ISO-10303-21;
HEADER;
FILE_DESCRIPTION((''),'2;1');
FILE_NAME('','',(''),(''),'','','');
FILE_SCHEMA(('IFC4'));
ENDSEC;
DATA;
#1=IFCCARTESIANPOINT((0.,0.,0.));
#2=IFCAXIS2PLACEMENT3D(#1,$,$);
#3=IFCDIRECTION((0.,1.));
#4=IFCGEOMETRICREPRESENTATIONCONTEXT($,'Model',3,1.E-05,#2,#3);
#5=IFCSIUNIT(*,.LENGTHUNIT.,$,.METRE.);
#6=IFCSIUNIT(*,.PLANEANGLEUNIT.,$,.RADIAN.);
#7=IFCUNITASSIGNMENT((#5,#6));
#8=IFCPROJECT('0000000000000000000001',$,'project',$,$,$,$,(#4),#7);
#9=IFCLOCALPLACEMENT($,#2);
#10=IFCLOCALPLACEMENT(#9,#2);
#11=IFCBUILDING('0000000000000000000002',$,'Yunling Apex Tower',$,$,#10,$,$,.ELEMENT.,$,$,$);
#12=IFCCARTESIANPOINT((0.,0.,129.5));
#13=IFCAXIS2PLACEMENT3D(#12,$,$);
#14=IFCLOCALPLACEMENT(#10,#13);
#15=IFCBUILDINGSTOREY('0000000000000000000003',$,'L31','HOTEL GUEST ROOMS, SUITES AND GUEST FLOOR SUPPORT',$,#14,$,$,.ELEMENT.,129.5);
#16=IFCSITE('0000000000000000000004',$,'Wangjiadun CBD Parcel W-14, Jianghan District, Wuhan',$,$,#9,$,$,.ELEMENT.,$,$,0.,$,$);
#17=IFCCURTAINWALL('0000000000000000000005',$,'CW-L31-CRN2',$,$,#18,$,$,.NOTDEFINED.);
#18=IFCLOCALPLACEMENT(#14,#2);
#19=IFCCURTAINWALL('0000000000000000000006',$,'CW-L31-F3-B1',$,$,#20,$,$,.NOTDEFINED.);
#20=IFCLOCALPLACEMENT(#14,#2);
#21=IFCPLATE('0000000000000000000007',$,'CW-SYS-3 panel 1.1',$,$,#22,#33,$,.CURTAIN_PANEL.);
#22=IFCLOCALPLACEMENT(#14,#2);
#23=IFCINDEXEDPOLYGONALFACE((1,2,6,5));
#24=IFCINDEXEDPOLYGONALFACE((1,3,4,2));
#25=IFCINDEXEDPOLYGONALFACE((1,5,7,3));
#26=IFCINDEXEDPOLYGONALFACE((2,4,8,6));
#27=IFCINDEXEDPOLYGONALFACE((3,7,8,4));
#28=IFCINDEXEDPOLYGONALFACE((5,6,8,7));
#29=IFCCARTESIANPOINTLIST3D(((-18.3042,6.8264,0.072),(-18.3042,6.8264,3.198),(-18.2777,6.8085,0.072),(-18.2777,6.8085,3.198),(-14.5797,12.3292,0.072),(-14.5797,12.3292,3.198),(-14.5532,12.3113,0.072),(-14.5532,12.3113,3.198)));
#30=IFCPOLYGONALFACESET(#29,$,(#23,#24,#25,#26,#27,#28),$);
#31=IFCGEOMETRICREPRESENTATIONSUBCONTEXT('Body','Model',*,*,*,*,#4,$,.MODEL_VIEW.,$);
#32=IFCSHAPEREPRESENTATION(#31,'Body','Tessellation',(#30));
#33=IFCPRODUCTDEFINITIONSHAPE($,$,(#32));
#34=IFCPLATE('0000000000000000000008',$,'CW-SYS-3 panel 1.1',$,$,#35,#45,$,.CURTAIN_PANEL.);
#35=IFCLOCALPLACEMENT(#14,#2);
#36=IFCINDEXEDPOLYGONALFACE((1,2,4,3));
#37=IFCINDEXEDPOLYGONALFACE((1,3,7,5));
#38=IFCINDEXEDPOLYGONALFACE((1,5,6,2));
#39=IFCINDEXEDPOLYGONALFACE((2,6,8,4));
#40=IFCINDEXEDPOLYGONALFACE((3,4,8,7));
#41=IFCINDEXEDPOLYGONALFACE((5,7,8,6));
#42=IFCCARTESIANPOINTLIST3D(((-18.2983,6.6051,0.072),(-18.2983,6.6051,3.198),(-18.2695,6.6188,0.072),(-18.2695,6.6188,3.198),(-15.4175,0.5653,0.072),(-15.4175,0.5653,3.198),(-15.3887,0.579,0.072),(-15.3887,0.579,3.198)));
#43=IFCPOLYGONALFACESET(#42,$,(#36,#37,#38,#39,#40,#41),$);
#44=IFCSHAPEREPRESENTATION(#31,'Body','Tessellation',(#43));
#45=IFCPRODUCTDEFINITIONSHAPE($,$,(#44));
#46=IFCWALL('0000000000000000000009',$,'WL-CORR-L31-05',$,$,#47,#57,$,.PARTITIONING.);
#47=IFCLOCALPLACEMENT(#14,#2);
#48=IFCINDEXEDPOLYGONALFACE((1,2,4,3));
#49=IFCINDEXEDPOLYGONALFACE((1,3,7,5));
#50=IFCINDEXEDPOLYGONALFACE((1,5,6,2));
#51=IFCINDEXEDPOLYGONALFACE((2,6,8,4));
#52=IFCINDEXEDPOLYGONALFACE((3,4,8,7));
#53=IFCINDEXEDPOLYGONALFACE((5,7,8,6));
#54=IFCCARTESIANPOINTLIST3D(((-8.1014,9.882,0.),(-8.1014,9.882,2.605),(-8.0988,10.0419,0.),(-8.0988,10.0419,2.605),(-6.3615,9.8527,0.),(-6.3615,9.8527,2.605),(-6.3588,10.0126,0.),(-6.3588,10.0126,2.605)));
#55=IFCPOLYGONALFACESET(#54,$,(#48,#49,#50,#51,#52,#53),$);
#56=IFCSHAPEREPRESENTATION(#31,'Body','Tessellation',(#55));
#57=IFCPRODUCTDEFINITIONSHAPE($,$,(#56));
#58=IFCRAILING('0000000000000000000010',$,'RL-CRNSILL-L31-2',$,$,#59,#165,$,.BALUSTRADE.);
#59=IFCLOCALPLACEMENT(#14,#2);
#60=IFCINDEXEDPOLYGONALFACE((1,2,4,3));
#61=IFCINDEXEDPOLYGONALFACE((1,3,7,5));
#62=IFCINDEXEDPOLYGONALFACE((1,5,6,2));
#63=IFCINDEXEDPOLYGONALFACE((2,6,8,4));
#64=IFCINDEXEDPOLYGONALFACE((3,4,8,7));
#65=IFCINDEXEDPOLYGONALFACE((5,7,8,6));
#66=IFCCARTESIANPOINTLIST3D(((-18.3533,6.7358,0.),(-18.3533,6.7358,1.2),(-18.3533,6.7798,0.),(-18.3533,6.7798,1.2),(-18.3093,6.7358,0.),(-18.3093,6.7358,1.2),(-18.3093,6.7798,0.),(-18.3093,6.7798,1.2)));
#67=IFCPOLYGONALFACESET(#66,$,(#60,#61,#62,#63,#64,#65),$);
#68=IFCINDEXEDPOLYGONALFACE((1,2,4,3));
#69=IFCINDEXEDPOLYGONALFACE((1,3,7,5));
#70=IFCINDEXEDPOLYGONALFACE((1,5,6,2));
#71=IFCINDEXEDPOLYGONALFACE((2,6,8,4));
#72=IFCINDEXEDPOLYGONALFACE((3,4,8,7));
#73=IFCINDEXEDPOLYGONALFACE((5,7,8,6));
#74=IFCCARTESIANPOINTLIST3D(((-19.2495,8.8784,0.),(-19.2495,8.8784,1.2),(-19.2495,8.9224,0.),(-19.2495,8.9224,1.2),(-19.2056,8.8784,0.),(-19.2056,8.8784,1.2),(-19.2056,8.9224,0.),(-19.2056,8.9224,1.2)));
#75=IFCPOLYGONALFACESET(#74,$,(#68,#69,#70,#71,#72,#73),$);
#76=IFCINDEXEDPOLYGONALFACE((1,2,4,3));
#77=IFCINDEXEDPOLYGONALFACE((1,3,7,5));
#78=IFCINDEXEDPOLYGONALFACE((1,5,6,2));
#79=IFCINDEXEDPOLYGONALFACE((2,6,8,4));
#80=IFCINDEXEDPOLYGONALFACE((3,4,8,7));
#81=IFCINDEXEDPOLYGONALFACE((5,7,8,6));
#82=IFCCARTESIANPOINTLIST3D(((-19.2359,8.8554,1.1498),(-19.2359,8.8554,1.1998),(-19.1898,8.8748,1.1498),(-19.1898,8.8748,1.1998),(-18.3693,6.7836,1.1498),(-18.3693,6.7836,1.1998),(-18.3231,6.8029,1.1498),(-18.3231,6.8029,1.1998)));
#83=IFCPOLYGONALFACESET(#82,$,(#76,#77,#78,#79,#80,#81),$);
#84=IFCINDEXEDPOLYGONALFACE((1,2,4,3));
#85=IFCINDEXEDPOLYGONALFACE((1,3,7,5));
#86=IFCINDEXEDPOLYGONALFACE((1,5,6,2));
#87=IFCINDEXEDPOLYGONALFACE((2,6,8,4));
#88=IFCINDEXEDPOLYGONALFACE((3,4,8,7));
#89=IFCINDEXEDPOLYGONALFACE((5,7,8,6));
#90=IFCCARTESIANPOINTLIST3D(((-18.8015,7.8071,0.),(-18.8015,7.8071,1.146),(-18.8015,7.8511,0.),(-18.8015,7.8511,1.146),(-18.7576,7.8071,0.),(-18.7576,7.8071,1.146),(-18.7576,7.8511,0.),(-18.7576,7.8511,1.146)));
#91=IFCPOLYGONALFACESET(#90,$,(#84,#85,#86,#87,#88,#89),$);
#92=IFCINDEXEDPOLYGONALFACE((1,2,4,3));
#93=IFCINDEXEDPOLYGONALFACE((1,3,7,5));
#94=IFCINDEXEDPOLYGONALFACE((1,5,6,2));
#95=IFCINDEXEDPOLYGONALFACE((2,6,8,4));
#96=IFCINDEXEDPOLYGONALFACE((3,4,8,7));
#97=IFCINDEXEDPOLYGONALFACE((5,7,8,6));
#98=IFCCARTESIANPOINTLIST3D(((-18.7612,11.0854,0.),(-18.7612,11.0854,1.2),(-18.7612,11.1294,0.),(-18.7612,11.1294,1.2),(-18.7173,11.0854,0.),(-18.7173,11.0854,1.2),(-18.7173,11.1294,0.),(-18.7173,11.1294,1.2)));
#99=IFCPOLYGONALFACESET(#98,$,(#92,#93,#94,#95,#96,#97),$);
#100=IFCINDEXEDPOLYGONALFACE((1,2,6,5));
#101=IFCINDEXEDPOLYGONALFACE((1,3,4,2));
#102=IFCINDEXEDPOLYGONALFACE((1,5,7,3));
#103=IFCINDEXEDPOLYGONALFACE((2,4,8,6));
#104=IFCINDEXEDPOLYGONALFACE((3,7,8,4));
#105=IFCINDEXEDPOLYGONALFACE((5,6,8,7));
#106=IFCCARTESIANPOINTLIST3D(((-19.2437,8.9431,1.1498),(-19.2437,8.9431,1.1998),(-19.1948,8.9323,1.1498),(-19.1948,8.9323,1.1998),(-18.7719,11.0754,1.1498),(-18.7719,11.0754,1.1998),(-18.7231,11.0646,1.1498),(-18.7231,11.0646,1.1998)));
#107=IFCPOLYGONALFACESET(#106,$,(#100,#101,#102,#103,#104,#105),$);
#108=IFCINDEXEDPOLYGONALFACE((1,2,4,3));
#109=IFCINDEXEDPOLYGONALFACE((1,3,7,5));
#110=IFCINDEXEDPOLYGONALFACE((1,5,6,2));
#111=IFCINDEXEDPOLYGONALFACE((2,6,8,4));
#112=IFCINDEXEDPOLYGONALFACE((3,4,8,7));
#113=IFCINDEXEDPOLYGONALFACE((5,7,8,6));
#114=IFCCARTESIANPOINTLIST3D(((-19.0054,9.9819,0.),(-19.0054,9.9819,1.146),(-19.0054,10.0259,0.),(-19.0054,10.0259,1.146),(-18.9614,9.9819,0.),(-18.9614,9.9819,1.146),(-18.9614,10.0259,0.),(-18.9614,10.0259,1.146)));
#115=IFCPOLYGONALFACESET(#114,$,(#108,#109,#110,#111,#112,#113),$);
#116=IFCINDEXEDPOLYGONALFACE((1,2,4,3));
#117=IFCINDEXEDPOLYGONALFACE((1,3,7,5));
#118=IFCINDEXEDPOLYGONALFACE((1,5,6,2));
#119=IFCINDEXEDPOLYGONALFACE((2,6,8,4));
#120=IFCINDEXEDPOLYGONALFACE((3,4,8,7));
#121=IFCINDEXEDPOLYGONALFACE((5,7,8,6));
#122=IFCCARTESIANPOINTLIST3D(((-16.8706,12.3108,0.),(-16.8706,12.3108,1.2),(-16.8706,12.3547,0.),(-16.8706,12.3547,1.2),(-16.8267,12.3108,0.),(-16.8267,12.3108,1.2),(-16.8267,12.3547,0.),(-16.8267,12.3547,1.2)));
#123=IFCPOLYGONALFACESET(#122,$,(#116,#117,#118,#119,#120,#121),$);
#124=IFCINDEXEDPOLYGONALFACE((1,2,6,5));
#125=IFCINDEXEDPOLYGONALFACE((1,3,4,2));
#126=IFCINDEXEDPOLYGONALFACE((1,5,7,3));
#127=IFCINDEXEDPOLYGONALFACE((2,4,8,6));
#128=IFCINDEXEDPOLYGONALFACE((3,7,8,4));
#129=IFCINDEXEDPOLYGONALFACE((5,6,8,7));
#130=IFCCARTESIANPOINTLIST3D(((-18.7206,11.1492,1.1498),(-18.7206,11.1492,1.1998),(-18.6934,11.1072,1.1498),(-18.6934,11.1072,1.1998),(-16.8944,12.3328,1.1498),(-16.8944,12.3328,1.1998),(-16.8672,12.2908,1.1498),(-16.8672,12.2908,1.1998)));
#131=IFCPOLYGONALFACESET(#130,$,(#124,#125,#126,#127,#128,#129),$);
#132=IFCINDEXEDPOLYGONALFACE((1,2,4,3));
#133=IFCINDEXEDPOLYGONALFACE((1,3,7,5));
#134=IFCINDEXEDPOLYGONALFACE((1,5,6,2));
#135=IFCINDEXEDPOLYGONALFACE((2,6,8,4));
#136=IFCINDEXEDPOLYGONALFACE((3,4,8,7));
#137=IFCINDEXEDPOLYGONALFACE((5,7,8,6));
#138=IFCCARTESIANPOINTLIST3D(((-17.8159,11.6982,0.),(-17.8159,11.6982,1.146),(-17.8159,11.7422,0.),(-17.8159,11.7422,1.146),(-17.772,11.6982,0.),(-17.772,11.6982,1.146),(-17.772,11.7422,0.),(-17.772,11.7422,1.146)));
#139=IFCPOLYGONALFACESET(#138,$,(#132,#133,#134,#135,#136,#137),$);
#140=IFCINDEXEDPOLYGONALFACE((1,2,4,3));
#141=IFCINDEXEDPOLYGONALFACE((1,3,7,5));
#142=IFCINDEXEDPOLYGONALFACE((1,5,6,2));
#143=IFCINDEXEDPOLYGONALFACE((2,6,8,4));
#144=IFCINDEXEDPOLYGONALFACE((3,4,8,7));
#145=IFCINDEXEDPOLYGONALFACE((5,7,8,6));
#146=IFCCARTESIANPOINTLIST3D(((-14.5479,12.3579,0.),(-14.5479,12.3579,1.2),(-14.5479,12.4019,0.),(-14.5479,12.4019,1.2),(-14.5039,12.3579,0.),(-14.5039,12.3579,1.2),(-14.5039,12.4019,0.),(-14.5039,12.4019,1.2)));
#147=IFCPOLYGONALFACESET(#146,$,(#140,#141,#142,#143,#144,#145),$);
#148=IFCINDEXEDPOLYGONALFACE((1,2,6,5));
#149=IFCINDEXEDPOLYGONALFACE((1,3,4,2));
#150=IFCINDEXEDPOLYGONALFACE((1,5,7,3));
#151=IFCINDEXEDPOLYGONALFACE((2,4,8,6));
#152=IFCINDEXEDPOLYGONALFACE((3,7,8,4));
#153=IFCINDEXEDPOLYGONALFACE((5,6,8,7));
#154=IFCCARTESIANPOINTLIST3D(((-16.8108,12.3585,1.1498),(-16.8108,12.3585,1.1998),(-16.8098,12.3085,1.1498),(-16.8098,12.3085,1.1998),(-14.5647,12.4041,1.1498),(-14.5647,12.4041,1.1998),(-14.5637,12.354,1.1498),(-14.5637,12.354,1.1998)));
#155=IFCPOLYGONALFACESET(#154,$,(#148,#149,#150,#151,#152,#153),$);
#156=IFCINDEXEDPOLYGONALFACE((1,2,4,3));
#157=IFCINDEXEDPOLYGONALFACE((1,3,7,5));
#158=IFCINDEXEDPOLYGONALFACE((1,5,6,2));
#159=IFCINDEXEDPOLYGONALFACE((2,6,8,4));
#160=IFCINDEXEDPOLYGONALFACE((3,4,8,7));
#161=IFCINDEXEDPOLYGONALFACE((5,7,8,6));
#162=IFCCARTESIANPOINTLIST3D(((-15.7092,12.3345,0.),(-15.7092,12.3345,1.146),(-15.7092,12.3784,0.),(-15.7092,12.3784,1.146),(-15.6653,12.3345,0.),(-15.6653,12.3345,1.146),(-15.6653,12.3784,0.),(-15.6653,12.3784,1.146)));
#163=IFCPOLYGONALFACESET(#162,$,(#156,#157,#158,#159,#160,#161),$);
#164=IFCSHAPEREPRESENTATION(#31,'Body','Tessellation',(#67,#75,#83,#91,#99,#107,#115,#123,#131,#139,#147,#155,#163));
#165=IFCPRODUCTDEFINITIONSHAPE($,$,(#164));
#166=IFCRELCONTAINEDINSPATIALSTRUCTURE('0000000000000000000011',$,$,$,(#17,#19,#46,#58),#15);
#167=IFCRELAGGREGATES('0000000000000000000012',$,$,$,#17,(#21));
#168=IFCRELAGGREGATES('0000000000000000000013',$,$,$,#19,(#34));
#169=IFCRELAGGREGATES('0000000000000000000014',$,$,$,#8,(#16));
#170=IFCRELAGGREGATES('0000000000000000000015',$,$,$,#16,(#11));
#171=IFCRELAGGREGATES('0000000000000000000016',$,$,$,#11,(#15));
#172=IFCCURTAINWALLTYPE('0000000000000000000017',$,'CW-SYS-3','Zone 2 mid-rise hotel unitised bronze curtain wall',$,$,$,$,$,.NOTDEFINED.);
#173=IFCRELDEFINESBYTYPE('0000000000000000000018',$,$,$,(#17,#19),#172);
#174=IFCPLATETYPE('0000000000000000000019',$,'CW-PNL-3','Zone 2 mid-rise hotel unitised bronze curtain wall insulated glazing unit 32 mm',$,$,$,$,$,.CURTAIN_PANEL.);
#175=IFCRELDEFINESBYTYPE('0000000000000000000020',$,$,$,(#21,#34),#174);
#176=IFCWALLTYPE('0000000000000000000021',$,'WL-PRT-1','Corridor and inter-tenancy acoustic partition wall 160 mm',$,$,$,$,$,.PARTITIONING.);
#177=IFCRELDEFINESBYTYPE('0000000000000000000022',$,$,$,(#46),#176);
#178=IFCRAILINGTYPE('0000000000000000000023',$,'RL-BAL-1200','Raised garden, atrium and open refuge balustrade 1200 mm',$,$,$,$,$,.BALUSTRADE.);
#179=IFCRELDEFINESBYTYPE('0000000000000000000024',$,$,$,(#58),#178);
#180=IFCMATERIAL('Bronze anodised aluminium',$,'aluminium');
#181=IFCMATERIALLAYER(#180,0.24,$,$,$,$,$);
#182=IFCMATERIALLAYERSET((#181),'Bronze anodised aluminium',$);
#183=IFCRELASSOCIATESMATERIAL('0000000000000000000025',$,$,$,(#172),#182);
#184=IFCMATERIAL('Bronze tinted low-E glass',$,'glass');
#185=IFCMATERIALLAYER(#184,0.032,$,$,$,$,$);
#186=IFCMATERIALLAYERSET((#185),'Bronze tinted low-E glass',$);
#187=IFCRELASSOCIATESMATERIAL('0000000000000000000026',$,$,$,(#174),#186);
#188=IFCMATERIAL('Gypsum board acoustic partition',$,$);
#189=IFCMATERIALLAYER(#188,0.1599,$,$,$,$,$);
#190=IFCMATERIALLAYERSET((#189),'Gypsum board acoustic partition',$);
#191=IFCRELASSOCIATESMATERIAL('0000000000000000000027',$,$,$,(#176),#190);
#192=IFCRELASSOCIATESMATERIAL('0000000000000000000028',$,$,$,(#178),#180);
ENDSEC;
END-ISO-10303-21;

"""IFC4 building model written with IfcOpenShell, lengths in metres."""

from ifc_helpers import new_model, si_unit, direction, frame, frame_2d, origin, origin_2d, place, context, subcontext, project, spatial, rectangle, extrude, source, transform, mapped, material, layer, layer_set, type_object, element, aggregate, save


model = new_model("IFC4")

# Units and contexts
model_context = context("Model", 3, precision=1e-05, world=origin(), true_north=direction((0.0, 1.0)))
body_context = subcontext(model_context, "Body", "Model", "MODEL_VIEW")
ifc_project = project(units=[si_unit("LENGTHUNIT", "METRE"), si_unit("PLANEANGLEUNIT", "RADIAN")], contexts=[model_context])

# Site, building, storey
site_placement = place(None, origin())
site = spatial("IfcSite", under=ifc_project, at=site_placement, Name="Wangjiadun CBD Parcel W-14, Jianghan District, Wuhan", CompositionType="ELEMENT", RefElevation=0.0)
building_placement = place(site_placement, origin())
building = spatial("IfcBuilding", under=site, at=building_placement, Name="Yunling Apex Tower", CompositionType="ELEMENT")
storey_placement = place(building_placement, frame((0.0, 0.0, 129.5)))
storey = spatial("IfcBuildingStorey", under=building, at=storey_placement, Name="L31", Description="HOTEL GUEST ROOMS, SUITES AND GUEST FLOOR SUPPORT", CompositionType="ELEMENT", Elevation=129.5)

# Shared definitions
ifc_material_1 = material(Name="Bronze anodised aluminium", Category="aluminium")
ifc_layer_1 = layer(ifc_material_1, 0.24)
ifc_layer_set_1 = layer_set([ifc_layer_1], Name="Bronze anodised aluminium")
curtain_wall_type = type_object("IfcCurtainWallType", Name="CW-SYS-3", Description="Zone 2 mid-rise hotel unitised bronze curtain wall", PredefinedType="NOTDEFINED", material=ifc_layer_set_1)

# Curtain walls
curtain_wall_1_placement = place(storey_placement, origin())
curtain_wall_1 = element("IfcCurtainWall", 1, at=curtain_wall_1_placement, inside=storey, type_object=curtain_wall_type, Name="CW-L31-CRN2", PredefinedType="NOTDEFINED")
curtain_wall_2_placement = place(storey_placement, origin())
curtain_wall_2 = element("IfcCurtainWall", 2, at=curtain_wall_2_placement, inside=storey, type_object=curtain_wall_type, Name="CW-L31-F3-B1", PredefinedType="NOTDEFINED")

# Plates
ifc_material_2 = material(Name="Bronze tinted low-E glass", Category="glass")
ifc_layer_2 = layer(ifc_material_2, 0.032)
ifc_layer_set_2 = layer_set([ifc_layer_2], Name="Bronze tinted low-E glass")
plate_type = type_object("IfcPlateType", Name="CW-PNL-3", Description="Zone 2 mid-rise hotel unitised bronze curtain wall insulated glazing unit 32 mm", PredefinedType="CURTAIN_PANEL", material=ifc_layer_set_2)
shared_shape_1 = source(origin(), body_context, "Body", "SweptSolid", [
    extrude(rectangle(XDim=6.6448, YDim=0.032, at=origin_2d()), origin(), (0.0, 0.0, 1.0), 3.126),
])
plate_1_placement = place(storey_placement, frame((-16.4287, 9.5688, 0.072), z_axis=(0.0, 0.0, 1.0), x_axis=(-0.560523, -0.828139, 0.0)))
plate_1 = element("IfcPlate", 3, at=plate_1_placement, type_object=plate_type, Name="CW-SYS-3 panel 1.1", PredefinedType="CURTAIN_PANEL", context=body_context, shape_type="MappedRepresentation", body=[
    mapped(shared_shape_1, transform((0.0, 0.0, 0.0), scale=1.0)),
])
aggregate(curtain_wall_1, [plate_1])
shared_shape_2 = source(origin(), body_context, "Body", "SweptSolid", [
    extrude(rectangle(XDim=6.6917, YDim=0.032, at=origin_2d()), origin(), (0.0, 0.0, 1.0), 3.126),
])
plate_2_placement = place(storey_placement, frame((-16.8435, 3.592, 0.072), z_axis=(0.0, 0.0, 1.0), x_axis=(0.430506, -0.902588, 0.0)))
plate_2 = element("IfcPlate", 4, at=plate_2_placement, type_object=plate_type, Name="CW-SYS-3 panel 1.1", PredefinedType="CURTAIN_PANEL", context=body_context, shape_type="MappedRepresentation", body=[
    mapped(shared_shape_2, transform((0.0, 0.0, 0.0), scale=1.0)),
])
aggregate(curtain_wall_2, [plate_2])

# Wall
ifc_material_3 = material(Name="Gypsum board acoustic partition")
ifc_layer_3 = layer(ifc_material_3, 0.1599)
ifc_layer_set_3 = layer_set([ifc_layer_3], Name="Gypsum board acoustic partition")
wall_type = type_object("IfcWallType", Name="WL-PRT-1", Description="Corridor and inter-tenancy acoustic partition wall 160 mm", PredefinedType="PARTITIONING", material=ifc_layer_set_3)
wall_1_placement = place(storey_placement, frame((-8.1001, 9.9619, 0.0), z_axis=(0.0, 0.0, 1.0), x_axis=(0.999858, -0.016835, 0.0)))
element("IfcWall", 5, at=wall_1_placement, inside=storey, type_object=wall_type, Name="WL-CORR-L31-05", PredefinedType="PARTITIONING", context=body_context, shape_type="SweptSolid", body=[
    extrude(rectangle(XDim=1.7402, YDim=0.1599, at=frame_2d((0.8701, 0.0))), origin(), (0.0, 0.0, 1.0), 2.605),
])

# Railing
railing_type = type_object("IfcRailingType", Name="RL-BAL-1200", Description="Raised garden, atrium and open refuge balustrade 1200 mm", PredefinedType="BALUSTRADE", material=ifc_material_1)
railing_placement = place(storey_placement, frame((-18.3313, 6.7578, 0.0)))
element("IfcRailing", 6, at=railing_placement, inside=storey, type_object=railing_type, Name="RL-CRNSILL-L31-2", PredefinedType="BALUSTRADE", context=body_context, shape_type="SweptSolid", body=[
    extrude(rectangle(XDim=0.0439, YDim=0.0439, at=origin_2d()), origin(), (0.0, 0.0, 1.0), 1.2),
    extrude(rectangle(XDim=0.0439, YDim=0.0439, at=origin_2d()), frame((-0.8962, 2.1426, 0.0)), (0.0, 0.0, 1.0), 1.2),
    extrude(rectangle(XDim=0.05, YDim=0.05, at=origin_2d()), frame((-0.0149, 0.0354, 1.1748), z_axis=(-0.385899, 0.922541, 0.0), x_axis=(-0.922541, -0.385899, 0.0)), (0.0, 0.0, 1.0), 2.2458),
    extrude(rectangle(XDim=0.0439, YDim=0.0439, at=origin_2d()), frame((-0.4482, 1.0713, 0.0)), (0.0, 0.0, 1.0), 1.146),
    extrude(rectangle(XDim=0.0439, YDim=0.0439, at=origin_2d()), frame((-0.408, 4.3496, 0.0)), (0.0, 0.0, 1.0), 1.2),
    extrude(rectangle(XDim=0.05, YDim=0.05, at=origin_2d()), frame((-0.8879, 2.1799, 1.1748), z_axis=(0.216015, 0.97639, 0.0), x_axis=(-0.97639, 0.216015, 0.0)), (0.0, 0.0, 1.0), 2.1838),
    extrude(rectangle(XDim=0.0439, YDim=0.0439, at=origin_2d()), frame((-0.6521, 3.2461, 0.0)), (0.0, 0.0, 1.0), 1.146),
    extrude(rectangle(XDim=0.0439, YDim=0.0439, at=origin_2d()), frame((1.4827, 5.575, 0.0)), (0.0, 0.0, 1.0), 1.2),
    extrude(rectangle(XDim=0.05, YDim=0.05, at=origin_2d()), frame((-0.3757, 4.3704, 1.1748), z_axis=(0.839166, 0.543876, 0.0), x_axis=(-0.543876, 0.839166, 0.0)), (0.0, 0.0, 1.0), 2.1763),
    extrude(rectangle(XDim=0.0439, YDim=0.0439, at=origin_2d()), frame((0.5374, 4.9624, 0.0)), (0.0, 0.0, 1.0), 1.146),
    extrude(rectangle(XDim=0.0439, YDim=0.0439, at=origin_2d()), frame((3.8054, 5.6221, 0.0)), (0.0, 0.0, 1.0), 1.2),
    extrude(rectangle(XDim=0.05, YDim=0.05, at=origin_2d()), frame((1.521, 5.5757, 1.1748), z_axis=(0.999794, 0.020282, 0.0), x_axis=(-0.020282, 0.999794, 0.0)), (0.0, 0.0, 1.0), 2.2466),
    extrude(rectangle(XDim=0.0439, YDim=0.0439, at=origin_2d()), frame((2.644, 5.5986, 0.0)), (0.0, 0.0, 1.0), 1.146),
])

save(model, "model.ifc")
